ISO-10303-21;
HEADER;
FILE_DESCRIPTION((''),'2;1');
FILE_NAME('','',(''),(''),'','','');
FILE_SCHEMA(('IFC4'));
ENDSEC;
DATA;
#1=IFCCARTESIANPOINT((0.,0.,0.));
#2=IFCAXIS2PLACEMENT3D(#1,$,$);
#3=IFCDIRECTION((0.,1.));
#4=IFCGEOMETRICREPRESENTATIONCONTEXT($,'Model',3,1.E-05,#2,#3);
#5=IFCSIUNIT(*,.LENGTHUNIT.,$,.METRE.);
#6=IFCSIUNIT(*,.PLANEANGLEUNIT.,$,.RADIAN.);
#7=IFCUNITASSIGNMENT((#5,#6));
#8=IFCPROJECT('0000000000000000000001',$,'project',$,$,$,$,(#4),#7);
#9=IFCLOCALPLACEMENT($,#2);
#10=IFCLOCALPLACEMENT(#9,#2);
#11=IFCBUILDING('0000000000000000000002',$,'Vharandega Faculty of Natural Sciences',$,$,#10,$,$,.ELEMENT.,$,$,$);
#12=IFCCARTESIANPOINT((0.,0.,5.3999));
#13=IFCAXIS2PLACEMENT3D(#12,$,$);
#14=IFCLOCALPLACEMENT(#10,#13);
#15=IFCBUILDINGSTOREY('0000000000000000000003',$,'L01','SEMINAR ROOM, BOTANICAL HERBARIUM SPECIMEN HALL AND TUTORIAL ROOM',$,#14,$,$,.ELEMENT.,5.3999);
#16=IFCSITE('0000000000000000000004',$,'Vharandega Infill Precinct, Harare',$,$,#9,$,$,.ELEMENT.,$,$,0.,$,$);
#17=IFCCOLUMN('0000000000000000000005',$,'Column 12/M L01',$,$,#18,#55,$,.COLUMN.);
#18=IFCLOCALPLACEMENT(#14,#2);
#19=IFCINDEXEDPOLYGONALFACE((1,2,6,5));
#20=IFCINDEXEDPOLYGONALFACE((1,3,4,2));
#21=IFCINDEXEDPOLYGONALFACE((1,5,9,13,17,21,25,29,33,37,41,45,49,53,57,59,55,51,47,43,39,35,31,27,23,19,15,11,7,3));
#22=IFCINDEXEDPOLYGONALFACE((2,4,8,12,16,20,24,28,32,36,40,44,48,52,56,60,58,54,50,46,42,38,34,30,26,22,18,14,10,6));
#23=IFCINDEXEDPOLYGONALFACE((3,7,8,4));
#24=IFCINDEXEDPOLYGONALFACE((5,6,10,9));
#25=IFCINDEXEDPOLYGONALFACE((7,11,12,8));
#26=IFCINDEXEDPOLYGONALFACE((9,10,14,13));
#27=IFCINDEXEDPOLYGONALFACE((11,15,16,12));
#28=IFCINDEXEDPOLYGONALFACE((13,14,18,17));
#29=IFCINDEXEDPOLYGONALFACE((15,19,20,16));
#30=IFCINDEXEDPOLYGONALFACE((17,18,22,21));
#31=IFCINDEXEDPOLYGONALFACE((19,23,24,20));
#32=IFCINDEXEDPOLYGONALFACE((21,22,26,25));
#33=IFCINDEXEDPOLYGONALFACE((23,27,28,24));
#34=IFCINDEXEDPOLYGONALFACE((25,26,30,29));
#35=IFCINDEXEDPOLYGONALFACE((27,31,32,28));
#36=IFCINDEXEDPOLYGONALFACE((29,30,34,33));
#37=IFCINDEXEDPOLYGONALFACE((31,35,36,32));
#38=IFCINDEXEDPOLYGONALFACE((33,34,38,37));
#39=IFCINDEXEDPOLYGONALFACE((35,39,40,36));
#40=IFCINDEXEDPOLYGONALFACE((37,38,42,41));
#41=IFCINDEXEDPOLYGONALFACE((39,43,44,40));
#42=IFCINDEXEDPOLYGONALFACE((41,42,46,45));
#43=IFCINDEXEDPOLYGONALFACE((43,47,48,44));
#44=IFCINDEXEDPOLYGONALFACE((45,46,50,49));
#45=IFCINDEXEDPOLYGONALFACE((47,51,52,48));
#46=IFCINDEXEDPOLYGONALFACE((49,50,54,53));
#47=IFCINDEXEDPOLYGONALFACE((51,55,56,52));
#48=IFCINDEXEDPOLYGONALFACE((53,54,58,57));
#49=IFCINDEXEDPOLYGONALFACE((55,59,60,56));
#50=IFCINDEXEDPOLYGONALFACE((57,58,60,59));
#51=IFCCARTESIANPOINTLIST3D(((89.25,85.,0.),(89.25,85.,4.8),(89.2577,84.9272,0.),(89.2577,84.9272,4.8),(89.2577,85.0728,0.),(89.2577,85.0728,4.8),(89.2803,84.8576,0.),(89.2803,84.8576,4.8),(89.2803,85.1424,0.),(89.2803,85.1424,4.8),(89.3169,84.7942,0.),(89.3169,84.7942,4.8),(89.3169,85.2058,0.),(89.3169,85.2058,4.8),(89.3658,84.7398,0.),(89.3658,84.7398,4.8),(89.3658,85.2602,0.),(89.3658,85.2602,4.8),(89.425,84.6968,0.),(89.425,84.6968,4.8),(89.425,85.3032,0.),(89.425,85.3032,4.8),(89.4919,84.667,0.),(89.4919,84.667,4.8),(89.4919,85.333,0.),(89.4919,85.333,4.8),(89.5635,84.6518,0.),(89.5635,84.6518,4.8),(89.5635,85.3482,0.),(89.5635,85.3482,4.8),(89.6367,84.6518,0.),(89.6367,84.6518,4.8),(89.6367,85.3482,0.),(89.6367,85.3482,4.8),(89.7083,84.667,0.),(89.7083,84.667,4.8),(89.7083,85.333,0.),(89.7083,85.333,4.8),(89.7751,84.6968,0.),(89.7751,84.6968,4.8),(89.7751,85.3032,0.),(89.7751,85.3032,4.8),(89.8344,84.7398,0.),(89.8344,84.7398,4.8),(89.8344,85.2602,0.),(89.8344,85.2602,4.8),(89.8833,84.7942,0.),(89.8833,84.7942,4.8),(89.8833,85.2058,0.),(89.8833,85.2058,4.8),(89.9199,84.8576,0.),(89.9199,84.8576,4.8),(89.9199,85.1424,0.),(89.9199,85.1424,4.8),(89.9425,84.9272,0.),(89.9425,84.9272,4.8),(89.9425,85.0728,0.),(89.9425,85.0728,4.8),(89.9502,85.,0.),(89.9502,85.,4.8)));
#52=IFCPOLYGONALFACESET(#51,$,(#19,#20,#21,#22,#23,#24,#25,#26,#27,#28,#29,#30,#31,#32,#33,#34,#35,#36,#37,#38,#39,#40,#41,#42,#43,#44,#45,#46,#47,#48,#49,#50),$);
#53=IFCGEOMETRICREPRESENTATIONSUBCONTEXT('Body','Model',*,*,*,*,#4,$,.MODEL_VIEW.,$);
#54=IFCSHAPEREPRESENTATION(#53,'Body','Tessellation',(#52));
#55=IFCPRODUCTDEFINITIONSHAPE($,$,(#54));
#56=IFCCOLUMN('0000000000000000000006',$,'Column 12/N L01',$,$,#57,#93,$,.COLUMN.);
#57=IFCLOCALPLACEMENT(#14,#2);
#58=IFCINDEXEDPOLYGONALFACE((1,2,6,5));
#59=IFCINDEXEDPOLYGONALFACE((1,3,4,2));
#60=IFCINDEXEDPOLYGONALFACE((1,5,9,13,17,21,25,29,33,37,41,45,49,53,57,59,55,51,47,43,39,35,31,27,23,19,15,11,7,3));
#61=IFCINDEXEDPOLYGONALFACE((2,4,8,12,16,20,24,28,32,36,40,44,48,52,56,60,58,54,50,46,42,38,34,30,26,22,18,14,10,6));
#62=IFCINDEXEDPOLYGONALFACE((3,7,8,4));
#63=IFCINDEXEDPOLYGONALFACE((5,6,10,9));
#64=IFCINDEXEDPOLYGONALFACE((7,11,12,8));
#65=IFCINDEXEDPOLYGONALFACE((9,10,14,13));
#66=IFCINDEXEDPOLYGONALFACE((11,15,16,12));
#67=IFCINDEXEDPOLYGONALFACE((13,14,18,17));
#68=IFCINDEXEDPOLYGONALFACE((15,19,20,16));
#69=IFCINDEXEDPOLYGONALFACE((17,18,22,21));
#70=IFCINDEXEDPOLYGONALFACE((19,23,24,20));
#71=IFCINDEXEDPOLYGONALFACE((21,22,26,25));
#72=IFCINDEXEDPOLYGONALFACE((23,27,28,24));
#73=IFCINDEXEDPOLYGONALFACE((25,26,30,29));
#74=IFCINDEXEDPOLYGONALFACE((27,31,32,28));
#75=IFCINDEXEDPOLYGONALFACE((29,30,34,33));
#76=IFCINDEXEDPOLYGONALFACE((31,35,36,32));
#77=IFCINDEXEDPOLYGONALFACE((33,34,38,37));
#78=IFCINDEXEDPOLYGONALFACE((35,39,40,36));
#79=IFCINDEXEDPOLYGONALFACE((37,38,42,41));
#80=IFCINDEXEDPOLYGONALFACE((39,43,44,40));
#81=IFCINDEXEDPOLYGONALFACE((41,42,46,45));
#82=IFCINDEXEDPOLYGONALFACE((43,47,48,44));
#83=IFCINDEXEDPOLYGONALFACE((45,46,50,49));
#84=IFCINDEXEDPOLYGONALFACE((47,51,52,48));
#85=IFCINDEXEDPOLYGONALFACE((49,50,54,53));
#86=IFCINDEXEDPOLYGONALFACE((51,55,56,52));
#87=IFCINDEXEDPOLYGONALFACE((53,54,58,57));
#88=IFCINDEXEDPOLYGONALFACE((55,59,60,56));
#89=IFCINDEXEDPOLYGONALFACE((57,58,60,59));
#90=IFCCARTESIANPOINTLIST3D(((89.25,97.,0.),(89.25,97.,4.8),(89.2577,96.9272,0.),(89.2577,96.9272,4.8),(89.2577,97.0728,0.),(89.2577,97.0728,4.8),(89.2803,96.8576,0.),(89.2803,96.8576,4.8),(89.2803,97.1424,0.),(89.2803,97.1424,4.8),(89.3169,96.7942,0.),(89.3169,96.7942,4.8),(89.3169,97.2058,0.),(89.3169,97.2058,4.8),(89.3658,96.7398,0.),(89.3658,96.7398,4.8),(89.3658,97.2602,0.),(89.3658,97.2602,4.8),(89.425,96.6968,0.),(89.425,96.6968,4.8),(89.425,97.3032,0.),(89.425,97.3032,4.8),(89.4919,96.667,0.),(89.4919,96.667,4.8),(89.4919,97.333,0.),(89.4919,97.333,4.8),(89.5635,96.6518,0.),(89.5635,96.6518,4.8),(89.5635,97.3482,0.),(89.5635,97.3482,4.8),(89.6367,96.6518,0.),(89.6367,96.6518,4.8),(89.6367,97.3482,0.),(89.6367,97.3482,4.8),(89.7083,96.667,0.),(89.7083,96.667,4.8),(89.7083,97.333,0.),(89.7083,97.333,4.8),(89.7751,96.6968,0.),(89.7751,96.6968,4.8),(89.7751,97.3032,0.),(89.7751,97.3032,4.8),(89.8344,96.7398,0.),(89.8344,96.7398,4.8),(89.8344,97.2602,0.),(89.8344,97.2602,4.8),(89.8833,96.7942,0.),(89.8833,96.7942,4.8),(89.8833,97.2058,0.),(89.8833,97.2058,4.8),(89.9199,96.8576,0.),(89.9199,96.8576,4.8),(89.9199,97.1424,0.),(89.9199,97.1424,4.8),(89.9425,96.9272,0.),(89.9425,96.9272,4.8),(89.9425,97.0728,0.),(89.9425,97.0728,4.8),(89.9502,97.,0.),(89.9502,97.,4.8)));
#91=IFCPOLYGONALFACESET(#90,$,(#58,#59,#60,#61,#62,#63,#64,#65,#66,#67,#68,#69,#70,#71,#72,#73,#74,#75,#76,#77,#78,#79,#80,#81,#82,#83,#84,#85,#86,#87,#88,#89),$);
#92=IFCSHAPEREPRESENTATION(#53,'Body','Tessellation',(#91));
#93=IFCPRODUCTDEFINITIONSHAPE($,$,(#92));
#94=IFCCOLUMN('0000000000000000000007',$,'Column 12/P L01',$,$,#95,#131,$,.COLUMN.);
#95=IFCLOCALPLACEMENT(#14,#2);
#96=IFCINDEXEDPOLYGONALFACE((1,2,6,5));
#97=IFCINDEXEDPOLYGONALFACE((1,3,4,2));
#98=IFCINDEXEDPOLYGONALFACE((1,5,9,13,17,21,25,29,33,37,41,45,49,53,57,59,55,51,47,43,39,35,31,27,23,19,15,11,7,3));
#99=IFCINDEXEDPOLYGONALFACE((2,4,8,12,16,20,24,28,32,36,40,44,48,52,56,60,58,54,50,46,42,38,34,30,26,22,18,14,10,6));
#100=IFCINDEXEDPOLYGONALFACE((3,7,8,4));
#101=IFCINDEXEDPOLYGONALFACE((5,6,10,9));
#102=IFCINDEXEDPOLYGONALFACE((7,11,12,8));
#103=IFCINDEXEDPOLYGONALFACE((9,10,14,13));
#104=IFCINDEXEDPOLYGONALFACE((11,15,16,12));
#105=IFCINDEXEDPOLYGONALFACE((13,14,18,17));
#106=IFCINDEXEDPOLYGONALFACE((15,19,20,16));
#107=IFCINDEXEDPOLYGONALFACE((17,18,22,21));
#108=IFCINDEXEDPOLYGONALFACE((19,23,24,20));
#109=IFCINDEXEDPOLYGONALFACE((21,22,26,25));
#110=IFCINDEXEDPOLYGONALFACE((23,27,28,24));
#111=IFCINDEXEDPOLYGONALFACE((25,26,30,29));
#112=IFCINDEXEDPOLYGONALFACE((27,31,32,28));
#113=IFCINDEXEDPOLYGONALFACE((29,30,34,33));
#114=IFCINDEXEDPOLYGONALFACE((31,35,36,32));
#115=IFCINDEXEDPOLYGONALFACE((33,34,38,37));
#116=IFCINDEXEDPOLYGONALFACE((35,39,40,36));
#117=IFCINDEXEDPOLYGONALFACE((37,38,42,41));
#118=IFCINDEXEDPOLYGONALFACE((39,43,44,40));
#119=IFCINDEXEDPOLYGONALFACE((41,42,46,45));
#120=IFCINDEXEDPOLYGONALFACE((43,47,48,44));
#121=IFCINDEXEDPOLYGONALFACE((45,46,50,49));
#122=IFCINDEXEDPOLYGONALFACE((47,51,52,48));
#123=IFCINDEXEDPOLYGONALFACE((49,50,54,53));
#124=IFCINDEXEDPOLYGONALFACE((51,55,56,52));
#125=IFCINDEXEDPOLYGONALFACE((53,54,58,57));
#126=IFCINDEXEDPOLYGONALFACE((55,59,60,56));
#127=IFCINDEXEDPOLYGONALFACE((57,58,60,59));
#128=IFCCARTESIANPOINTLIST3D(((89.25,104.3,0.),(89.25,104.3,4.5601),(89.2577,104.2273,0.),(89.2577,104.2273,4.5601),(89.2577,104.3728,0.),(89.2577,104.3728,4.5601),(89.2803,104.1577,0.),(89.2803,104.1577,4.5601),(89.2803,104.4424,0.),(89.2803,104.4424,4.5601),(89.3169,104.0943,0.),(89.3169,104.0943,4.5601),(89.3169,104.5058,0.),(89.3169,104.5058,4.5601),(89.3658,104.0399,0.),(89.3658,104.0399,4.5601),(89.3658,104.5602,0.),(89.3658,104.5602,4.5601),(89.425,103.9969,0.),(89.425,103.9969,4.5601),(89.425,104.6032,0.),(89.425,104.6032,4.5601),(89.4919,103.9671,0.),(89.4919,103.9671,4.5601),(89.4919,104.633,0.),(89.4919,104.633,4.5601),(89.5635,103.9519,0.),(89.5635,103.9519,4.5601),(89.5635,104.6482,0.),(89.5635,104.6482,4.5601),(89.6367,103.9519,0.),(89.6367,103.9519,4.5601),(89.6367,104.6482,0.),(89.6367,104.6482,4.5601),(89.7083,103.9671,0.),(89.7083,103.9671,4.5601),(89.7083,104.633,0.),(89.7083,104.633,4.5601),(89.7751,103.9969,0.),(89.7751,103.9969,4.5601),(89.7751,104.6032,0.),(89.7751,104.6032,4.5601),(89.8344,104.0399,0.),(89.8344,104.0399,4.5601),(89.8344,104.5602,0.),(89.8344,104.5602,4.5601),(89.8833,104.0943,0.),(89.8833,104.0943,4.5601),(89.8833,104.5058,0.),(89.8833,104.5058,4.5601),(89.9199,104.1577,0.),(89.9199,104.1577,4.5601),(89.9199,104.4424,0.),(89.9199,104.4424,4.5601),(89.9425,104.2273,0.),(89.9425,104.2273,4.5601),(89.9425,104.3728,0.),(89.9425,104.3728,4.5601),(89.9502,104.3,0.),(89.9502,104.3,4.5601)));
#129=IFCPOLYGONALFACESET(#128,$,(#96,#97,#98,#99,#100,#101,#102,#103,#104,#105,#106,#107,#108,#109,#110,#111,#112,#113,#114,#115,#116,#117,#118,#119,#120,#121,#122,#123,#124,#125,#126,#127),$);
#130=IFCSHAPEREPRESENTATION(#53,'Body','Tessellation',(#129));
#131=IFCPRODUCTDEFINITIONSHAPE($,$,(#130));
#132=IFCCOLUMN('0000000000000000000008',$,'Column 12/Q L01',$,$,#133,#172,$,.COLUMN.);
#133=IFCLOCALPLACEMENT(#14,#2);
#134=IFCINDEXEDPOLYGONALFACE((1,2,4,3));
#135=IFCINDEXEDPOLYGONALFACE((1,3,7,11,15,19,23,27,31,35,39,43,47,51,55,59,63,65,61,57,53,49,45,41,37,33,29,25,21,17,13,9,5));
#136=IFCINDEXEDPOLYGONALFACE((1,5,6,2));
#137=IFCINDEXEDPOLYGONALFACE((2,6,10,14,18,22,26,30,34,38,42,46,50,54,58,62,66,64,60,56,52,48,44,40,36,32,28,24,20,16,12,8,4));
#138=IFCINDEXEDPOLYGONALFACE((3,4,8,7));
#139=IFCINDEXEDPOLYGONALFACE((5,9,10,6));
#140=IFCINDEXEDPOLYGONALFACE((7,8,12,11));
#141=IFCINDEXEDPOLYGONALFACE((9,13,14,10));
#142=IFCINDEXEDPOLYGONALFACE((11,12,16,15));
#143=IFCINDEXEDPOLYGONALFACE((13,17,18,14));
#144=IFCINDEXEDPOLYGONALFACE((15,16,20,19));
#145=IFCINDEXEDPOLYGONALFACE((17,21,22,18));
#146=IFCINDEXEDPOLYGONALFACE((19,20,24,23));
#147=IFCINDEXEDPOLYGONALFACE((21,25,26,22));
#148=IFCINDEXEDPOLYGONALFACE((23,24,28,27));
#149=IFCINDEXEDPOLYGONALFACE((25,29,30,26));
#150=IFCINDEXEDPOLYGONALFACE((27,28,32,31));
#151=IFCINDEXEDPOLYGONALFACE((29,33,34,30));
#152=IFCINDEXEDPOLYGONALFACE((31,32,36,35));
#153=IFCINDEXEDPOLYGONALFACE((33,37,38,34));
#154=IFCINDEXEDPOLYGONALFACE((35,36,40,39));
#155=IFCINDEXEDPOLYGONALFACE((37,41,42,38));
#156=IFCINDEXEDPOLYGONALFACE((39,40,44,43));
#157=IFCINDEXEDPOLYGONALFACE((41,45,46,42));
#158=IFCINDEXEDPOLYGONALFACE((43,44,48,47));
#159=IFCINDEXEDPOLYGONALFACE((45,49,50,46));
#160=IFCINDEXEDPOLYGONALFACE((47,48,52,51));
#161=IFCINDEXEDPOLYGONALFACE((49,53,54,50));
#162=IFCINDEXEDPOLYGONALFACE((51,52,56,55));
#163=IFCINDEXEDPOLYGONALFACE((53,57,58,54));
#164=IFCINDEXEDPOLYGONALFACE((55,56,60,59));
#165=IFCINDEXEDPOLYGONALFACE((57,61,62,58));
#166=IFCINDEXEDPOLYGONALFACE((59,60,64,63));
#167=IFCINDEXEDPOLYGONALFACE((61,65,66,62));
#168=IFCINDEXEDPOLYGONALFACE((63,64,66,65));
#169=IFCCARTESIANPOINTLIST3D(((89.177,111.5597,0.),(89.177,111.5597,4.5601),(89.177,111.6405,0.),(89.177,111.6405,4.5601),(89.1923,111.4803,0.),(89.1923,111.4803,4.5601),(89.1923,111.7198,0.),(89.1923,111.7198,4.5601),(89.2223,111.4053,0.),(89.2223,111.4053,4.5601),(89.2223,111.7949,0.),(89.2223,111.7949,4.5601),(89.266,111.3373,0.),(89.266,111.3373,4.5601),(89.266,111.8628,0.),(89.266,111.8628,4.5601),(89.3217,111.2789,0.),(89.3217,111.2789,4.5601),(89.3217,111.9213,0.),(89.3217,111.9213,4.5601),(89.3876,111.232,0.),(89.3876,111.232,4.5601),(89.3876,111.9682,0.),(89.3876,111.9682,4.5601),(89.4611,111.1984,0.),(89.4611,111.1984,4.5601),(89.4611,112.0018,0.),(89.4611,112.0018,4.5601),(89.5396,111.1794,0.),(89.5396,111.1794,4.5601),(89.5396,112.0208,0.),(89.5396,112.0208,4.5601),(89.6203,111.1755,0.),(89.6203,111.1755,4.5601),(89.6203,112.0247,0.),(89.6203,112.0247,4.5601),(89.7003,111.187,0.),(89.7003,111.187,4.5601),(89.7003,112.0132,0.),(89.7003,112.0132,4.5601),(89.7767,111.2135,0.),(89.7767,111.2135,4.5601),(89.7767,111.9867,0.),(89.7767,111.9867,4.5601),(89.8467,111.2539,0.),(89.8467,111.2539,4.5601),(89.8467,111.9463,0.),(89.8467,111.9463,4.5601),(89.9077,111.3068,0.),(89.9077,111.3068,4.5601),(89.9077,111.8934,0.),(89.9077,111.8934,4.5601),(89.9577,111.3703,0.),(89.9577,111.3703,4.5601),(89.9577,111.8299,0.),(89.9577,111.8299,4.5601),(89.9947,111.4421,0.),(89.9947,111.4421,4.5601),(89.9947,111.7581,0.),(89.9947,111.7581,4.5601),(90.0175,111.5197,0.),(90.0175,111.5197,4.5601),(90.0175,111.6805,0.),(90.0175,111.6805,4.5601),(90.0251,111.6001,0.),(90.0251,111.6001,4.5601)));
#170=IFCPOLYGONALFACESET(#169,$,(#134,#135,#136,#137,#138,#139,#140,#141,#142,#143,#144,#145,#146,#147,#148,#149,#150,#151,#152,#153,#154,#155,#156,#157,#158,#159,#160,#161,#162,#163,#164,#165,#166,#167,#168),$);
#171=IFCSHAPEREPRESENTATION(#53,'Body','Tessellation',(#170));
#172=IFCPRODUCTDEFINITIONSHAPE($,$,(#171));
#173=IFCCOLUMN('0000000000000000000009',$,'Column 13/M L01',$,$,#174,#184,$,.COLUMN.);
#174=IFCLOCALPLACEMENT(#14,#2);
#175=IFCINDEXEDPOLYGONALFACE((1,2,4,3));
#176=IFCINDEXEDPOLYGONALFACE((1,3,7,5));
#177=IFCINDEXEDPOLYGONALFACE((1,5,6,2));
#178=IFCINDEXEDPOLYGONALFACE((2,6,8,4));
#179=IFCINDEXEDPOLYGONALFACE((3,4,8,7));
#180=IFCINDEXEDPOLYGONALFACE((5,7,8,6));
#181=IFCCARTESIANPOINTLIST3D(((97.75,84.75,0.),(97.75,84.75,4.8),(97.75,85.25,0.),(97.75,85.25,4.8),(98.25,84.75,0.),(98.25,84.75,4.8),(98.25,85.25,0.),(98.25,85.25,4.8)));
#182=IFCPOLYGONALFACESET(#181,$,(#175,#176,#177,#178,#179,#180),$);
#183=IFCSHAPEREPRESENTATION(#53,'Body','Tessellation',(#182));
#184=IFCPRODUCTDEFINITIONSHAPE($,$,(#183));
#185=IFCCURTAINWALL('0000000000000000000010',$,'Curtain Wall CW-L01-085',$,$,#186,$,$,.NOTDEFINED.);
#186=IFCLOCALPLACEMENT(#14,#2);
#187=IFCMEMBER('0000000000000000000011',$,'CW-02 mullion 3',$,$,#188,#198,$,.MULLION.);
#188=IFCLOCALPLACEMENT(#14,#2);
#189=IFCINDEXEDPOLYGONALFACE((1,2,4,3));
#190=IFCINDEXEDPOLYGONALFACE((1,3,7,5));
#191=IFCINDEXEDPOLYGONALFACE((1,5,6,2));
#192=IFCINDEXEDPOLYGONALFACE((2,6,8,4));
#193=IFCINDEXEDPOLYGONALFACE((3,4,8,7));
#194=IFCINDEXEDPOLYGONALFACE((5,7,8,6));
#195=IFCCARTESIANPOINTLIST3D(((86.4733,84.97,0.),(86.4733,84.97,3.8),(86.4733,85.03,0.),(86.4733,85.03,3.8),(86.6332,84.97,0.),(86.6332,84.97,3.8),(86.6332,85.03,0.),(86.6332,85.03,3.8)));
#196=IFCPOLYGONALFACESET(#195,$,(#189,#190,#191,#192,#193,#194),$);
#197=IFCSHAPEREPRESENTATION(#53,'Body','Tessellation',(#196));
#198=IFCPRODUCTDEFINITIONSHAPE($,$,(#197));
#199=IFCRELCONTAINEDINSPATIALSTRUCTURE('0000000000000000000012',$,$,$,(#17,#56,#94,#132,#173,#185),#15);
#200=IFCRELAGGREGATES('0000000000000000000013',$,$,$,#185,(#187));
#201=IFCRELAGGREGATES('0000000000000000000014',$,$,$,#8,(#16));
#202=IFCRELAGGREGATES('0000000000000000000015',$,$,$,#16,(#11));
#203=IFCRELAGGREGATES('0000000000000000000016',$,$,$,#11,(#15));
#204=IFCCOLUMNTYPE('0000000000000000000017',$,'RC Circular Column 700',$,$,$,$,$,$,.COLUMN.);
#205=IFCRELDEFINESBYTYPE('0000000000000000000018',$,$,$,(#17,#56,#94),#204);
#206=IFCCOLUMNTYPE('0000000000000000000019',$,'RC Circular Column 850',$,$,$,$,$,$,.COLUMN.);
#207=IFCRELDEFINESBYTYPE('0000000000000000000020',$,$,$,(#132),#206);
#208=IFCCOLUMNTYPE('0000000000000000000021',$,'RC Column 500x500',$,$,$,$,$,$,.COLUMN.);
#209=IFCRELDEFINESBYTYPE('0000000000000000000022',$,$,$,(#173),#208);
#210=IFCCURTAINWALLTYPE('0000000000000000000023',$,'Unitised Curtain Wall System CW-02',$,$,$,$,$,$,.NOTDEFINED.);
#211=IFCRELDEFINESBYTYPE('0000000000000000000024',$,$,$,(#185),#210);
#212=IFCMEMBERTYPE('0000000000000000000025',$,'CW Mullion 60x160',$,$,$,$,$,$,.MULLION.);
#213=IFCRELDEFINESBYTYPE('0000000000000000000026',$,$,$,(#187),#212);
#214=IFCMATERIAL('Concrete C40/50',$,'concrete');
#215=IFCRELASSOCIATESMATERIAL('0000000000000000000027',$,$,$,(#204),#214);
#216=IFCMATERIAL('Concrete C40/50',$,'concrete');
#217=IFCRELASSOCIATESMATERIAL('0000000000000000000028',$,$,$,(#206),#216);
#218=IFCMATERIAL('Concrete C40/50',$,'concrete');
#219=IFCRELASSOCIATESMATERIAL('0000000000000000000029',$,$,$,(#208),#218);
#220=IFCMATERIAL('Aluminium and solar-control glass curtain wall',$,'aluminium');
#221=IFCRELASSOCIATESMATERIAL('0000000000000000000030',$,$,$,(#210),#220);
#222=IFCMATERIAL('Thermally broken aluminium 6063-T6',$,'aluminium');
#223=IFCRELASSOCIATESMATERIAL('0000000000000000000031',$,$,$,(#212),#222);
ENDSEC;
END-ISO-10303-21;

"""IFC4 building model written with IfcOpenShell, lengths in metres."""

from ifc_helpers import new_model, si_unit, direction, frame, origin, origin_2d, place, context, subcontext, project, spatial, rectangle, circle, extrude, material, material_profile, profile_set, type_object, element, aggregate, save


model = new_model("IFC4")

# Units and contexts
model_context = context("Model", 3, precision=1e-05, world=origin(), true_north=direction((0.0, 1.0)))
body_context = subcontext(model_context, "Body", "Model", "MODEL_VIEW")
ifc_project = project(units=[si_unit("LENGTHUNIT", "METRE"), si_unit("PLANEANGLEUNIT", "RADIAN")], contexts=[model_context])

# Site, building, storey
site_placement = place(None, origin())
site = spatial("IfcSite", under=ifc_project, at=site_placement, Name="Vharandega Infill Precinct, Harare", CompositionType="ELEMENT", RefElevation=0.0)
building_placement = place(site_placement, origin())
building = spatial("IfcBuilding", under=site, at=building_placement, Name="Vharandega Faculty of Natural Sciences", CompositionType="ELEMENT")
storey_placement = place(building_placement, frame((0.0, 0.0, 5.3999)))
storey = spatial("IfcBuildingStorey", under=building, at=storey_placement, Name="L01", Description="SEMINAR ROOM, BOTANICAL HERBARIUM SPECIMEN HALL AND TUTORIAL ROOM", CompositionType="ELEMENT", Elevation=5.3999)

# Columns
ifc_material_1 = material(Name="Concrete C40/50", Category="concrete")
ifc_material_profile_1 = material_profile(ifc_material_1, circle(Radius=0.3501, at=origin_2d()), Name="RC-CIRC 700")
ifc_profile_set_1 = profile_set([ifc_material_profile_1], Name="Concrete C40/50")
column_type_1 = type_object("IfcColumnType", Name="RC Circular Column 700", PredefinedType="COLUMN", material=ifc_profile_set_1)
for number, where, z_axis, x_axis, name in (
    (1, (89.6001, 85.0, 0.0), (0.0, 0.0, 1.0), (1.0, 0.0, 0.0), "Column 12/M L01"),
    (2, (89.6001, 97.0, 0.0), (0.0, 0.0, 1.0), (1.0, 0.0, 0.0), "Column 12/N L01"),
):
    element("IfcColumn", number, at=place(storey_placement, frame(where, z_axis=z_axis, x_axis=x_axis)), inside=storey, type_object=column_type_1, Name=name, PredefinedType="COLUMN", context=body_context, shape_type="SweptSolid", body=[
        extrude(circle(Radius=0.3501, at=origin_2d()), origin(), (0.0, 0.0, 1.0), 4.8),
    ])
column_1_placement = place(storey_placement, frame((89.6001, 104.3, 0.0), z_axis=(0.0, 0.0, 1.0), x_axis=(1.0, 0.0, 0.0)))
element("IfcColumn", 3, at=column_1_placement, inside=storey, type_object=column_type_1, Name="Column 12/P L01", PredefinedType="COLUMN", context=body_context, shape_type="SweptSolid", body=[
    extrude(circle(Radius=0.3501, at=origin_2d()), origin(), (0.0, 0.0, 1.0), 4.5601),
])
ifc_material_2 = material(Name="Concrete C40/50", Category="concrete")
ifc_material_profile_2 = material_profile(ifc_material_2, circle(Radius=0.425, at=origin_2d()), Name="RC-CIRC 850")
ifc_profile_set_2 = profile_set([ifc_material_profile_2], Name="Concrete C40/50")
column_type_2 = type_object("IfcColumnType", Name="RC Circular Column 850", PredefinedType="COLUMN", material=ifc_profile_set_2)
column_2_placement = place(storey_placement, frame((89.6001, 111.6001, 0.0), z_axis=(0.0, 0.0, 1.0), x_axis=(1.0, 0.0, 0.0)))
element("IfcColumn", 4, at=column_2_placement, inside=storey, type_object=column_type_2, Name="Column 12/Q L01", PredefinedType="COLUMN", context=body_context, shape_type="SweptSolid", body=[
    extrude(circle(Radius=0.425, at=origin_2d()), origin(), (0.0, 0.0, 1.0), 4.5601),
])
ifc_material_3 = material(Name="Concrete C40/50", Category="concrete")
ifc_material_profile_3 = material_profile(ifc_material_3, rectangle(XDim=0.5, YDim=0.5, at=origin_2d()), Name="RC 500x500")
ifc_profile_set_3 = profile_set([ifc_material_profile_3], Name="Concrete C40/50")
column_type_3 = type_object("IfcColumnType", Name="RC Column 500x500", PredefinedType="COLUMN", material=ifc_profile_set_3)
column_3_placement = place(storey_placement, frame((98.0, 85.0, 0.0), z_axis=(0.0, 0.0, 1.0), x_axis=(1.0, 0.0, 0.0)))
element("IfcColumn", 5, at=column_3_placement, inside=storey, type_object=column_type_3, Name="Column 13/M L01", PredefinedType="COLUMN", context=body_context, shape_type="SweptSolid", body=[
    extrude(rectangle(XDim=0.5, YDim=0.5, at=origin_2d()), origin(), (0.0, 0.0, 1.0), 4.8),
])

# Curtain wall, member
ifc_material_4 = material(Name="Aluminium and solar-control glass curtain wall", Category="aluminium")
curtain_wall_type = type_object("IfcCurtainWallType", Name="Unitised Curtain Wall System CW-02", PredefinedType="NOTDEFINED", material=ifc_material_4)
curtain_wall_placement = place(storey_placement, origin())
curtain_wall = element("IfcCurtainWall", 6, at=curtain_wall_placement, inside=storey, type_object=curtain_wall_type, Name="Curtain Wall CW-L01-085", PredefinedType="NOTDEFINED")
ifc_material_5 = material(Name="Thermally broken aluminium 6063-T6", Category="aluminium")
ifc_material_profile_4 = material_profile(ifc_material_5, rectangle(XDim=0.0601, YDim=0.1599, at=origin_2d()), Name="ALU 60x160")
ifc_profile_set_4 = profile_set([ifc_material_profile_4], Name="Thermally broken aluminium 6063-T6")
member_type_1 = type_object("IfcMemberType", Name="CW Mullion 60x160", PredefinedType="MULLION", material=ifc_profile_set_4)
member_1_placement = place(storey_placement, frame((86.5532, 85.0, 0.0), z_axis=(0.0, 0.0, 1.0), x_axis=(0.0, 1.0, 0.0)))
member_1 = element("IfcMember", 7, at=member_1_placement, type_object=member_type_1, Name="CW-02 mullion 3", PredefinedType="MULLION", context=body_context, shape_type="SweptSolid", body=[
    extrude(rectangle(XDim=0.0601, YDim=0.1599, at=origin_2d()), origin(), (0.0, 0.0, 1.0), 3.8),
])

aggregate(curtain_wall, [member_1])

save(model, "model.ifc")
